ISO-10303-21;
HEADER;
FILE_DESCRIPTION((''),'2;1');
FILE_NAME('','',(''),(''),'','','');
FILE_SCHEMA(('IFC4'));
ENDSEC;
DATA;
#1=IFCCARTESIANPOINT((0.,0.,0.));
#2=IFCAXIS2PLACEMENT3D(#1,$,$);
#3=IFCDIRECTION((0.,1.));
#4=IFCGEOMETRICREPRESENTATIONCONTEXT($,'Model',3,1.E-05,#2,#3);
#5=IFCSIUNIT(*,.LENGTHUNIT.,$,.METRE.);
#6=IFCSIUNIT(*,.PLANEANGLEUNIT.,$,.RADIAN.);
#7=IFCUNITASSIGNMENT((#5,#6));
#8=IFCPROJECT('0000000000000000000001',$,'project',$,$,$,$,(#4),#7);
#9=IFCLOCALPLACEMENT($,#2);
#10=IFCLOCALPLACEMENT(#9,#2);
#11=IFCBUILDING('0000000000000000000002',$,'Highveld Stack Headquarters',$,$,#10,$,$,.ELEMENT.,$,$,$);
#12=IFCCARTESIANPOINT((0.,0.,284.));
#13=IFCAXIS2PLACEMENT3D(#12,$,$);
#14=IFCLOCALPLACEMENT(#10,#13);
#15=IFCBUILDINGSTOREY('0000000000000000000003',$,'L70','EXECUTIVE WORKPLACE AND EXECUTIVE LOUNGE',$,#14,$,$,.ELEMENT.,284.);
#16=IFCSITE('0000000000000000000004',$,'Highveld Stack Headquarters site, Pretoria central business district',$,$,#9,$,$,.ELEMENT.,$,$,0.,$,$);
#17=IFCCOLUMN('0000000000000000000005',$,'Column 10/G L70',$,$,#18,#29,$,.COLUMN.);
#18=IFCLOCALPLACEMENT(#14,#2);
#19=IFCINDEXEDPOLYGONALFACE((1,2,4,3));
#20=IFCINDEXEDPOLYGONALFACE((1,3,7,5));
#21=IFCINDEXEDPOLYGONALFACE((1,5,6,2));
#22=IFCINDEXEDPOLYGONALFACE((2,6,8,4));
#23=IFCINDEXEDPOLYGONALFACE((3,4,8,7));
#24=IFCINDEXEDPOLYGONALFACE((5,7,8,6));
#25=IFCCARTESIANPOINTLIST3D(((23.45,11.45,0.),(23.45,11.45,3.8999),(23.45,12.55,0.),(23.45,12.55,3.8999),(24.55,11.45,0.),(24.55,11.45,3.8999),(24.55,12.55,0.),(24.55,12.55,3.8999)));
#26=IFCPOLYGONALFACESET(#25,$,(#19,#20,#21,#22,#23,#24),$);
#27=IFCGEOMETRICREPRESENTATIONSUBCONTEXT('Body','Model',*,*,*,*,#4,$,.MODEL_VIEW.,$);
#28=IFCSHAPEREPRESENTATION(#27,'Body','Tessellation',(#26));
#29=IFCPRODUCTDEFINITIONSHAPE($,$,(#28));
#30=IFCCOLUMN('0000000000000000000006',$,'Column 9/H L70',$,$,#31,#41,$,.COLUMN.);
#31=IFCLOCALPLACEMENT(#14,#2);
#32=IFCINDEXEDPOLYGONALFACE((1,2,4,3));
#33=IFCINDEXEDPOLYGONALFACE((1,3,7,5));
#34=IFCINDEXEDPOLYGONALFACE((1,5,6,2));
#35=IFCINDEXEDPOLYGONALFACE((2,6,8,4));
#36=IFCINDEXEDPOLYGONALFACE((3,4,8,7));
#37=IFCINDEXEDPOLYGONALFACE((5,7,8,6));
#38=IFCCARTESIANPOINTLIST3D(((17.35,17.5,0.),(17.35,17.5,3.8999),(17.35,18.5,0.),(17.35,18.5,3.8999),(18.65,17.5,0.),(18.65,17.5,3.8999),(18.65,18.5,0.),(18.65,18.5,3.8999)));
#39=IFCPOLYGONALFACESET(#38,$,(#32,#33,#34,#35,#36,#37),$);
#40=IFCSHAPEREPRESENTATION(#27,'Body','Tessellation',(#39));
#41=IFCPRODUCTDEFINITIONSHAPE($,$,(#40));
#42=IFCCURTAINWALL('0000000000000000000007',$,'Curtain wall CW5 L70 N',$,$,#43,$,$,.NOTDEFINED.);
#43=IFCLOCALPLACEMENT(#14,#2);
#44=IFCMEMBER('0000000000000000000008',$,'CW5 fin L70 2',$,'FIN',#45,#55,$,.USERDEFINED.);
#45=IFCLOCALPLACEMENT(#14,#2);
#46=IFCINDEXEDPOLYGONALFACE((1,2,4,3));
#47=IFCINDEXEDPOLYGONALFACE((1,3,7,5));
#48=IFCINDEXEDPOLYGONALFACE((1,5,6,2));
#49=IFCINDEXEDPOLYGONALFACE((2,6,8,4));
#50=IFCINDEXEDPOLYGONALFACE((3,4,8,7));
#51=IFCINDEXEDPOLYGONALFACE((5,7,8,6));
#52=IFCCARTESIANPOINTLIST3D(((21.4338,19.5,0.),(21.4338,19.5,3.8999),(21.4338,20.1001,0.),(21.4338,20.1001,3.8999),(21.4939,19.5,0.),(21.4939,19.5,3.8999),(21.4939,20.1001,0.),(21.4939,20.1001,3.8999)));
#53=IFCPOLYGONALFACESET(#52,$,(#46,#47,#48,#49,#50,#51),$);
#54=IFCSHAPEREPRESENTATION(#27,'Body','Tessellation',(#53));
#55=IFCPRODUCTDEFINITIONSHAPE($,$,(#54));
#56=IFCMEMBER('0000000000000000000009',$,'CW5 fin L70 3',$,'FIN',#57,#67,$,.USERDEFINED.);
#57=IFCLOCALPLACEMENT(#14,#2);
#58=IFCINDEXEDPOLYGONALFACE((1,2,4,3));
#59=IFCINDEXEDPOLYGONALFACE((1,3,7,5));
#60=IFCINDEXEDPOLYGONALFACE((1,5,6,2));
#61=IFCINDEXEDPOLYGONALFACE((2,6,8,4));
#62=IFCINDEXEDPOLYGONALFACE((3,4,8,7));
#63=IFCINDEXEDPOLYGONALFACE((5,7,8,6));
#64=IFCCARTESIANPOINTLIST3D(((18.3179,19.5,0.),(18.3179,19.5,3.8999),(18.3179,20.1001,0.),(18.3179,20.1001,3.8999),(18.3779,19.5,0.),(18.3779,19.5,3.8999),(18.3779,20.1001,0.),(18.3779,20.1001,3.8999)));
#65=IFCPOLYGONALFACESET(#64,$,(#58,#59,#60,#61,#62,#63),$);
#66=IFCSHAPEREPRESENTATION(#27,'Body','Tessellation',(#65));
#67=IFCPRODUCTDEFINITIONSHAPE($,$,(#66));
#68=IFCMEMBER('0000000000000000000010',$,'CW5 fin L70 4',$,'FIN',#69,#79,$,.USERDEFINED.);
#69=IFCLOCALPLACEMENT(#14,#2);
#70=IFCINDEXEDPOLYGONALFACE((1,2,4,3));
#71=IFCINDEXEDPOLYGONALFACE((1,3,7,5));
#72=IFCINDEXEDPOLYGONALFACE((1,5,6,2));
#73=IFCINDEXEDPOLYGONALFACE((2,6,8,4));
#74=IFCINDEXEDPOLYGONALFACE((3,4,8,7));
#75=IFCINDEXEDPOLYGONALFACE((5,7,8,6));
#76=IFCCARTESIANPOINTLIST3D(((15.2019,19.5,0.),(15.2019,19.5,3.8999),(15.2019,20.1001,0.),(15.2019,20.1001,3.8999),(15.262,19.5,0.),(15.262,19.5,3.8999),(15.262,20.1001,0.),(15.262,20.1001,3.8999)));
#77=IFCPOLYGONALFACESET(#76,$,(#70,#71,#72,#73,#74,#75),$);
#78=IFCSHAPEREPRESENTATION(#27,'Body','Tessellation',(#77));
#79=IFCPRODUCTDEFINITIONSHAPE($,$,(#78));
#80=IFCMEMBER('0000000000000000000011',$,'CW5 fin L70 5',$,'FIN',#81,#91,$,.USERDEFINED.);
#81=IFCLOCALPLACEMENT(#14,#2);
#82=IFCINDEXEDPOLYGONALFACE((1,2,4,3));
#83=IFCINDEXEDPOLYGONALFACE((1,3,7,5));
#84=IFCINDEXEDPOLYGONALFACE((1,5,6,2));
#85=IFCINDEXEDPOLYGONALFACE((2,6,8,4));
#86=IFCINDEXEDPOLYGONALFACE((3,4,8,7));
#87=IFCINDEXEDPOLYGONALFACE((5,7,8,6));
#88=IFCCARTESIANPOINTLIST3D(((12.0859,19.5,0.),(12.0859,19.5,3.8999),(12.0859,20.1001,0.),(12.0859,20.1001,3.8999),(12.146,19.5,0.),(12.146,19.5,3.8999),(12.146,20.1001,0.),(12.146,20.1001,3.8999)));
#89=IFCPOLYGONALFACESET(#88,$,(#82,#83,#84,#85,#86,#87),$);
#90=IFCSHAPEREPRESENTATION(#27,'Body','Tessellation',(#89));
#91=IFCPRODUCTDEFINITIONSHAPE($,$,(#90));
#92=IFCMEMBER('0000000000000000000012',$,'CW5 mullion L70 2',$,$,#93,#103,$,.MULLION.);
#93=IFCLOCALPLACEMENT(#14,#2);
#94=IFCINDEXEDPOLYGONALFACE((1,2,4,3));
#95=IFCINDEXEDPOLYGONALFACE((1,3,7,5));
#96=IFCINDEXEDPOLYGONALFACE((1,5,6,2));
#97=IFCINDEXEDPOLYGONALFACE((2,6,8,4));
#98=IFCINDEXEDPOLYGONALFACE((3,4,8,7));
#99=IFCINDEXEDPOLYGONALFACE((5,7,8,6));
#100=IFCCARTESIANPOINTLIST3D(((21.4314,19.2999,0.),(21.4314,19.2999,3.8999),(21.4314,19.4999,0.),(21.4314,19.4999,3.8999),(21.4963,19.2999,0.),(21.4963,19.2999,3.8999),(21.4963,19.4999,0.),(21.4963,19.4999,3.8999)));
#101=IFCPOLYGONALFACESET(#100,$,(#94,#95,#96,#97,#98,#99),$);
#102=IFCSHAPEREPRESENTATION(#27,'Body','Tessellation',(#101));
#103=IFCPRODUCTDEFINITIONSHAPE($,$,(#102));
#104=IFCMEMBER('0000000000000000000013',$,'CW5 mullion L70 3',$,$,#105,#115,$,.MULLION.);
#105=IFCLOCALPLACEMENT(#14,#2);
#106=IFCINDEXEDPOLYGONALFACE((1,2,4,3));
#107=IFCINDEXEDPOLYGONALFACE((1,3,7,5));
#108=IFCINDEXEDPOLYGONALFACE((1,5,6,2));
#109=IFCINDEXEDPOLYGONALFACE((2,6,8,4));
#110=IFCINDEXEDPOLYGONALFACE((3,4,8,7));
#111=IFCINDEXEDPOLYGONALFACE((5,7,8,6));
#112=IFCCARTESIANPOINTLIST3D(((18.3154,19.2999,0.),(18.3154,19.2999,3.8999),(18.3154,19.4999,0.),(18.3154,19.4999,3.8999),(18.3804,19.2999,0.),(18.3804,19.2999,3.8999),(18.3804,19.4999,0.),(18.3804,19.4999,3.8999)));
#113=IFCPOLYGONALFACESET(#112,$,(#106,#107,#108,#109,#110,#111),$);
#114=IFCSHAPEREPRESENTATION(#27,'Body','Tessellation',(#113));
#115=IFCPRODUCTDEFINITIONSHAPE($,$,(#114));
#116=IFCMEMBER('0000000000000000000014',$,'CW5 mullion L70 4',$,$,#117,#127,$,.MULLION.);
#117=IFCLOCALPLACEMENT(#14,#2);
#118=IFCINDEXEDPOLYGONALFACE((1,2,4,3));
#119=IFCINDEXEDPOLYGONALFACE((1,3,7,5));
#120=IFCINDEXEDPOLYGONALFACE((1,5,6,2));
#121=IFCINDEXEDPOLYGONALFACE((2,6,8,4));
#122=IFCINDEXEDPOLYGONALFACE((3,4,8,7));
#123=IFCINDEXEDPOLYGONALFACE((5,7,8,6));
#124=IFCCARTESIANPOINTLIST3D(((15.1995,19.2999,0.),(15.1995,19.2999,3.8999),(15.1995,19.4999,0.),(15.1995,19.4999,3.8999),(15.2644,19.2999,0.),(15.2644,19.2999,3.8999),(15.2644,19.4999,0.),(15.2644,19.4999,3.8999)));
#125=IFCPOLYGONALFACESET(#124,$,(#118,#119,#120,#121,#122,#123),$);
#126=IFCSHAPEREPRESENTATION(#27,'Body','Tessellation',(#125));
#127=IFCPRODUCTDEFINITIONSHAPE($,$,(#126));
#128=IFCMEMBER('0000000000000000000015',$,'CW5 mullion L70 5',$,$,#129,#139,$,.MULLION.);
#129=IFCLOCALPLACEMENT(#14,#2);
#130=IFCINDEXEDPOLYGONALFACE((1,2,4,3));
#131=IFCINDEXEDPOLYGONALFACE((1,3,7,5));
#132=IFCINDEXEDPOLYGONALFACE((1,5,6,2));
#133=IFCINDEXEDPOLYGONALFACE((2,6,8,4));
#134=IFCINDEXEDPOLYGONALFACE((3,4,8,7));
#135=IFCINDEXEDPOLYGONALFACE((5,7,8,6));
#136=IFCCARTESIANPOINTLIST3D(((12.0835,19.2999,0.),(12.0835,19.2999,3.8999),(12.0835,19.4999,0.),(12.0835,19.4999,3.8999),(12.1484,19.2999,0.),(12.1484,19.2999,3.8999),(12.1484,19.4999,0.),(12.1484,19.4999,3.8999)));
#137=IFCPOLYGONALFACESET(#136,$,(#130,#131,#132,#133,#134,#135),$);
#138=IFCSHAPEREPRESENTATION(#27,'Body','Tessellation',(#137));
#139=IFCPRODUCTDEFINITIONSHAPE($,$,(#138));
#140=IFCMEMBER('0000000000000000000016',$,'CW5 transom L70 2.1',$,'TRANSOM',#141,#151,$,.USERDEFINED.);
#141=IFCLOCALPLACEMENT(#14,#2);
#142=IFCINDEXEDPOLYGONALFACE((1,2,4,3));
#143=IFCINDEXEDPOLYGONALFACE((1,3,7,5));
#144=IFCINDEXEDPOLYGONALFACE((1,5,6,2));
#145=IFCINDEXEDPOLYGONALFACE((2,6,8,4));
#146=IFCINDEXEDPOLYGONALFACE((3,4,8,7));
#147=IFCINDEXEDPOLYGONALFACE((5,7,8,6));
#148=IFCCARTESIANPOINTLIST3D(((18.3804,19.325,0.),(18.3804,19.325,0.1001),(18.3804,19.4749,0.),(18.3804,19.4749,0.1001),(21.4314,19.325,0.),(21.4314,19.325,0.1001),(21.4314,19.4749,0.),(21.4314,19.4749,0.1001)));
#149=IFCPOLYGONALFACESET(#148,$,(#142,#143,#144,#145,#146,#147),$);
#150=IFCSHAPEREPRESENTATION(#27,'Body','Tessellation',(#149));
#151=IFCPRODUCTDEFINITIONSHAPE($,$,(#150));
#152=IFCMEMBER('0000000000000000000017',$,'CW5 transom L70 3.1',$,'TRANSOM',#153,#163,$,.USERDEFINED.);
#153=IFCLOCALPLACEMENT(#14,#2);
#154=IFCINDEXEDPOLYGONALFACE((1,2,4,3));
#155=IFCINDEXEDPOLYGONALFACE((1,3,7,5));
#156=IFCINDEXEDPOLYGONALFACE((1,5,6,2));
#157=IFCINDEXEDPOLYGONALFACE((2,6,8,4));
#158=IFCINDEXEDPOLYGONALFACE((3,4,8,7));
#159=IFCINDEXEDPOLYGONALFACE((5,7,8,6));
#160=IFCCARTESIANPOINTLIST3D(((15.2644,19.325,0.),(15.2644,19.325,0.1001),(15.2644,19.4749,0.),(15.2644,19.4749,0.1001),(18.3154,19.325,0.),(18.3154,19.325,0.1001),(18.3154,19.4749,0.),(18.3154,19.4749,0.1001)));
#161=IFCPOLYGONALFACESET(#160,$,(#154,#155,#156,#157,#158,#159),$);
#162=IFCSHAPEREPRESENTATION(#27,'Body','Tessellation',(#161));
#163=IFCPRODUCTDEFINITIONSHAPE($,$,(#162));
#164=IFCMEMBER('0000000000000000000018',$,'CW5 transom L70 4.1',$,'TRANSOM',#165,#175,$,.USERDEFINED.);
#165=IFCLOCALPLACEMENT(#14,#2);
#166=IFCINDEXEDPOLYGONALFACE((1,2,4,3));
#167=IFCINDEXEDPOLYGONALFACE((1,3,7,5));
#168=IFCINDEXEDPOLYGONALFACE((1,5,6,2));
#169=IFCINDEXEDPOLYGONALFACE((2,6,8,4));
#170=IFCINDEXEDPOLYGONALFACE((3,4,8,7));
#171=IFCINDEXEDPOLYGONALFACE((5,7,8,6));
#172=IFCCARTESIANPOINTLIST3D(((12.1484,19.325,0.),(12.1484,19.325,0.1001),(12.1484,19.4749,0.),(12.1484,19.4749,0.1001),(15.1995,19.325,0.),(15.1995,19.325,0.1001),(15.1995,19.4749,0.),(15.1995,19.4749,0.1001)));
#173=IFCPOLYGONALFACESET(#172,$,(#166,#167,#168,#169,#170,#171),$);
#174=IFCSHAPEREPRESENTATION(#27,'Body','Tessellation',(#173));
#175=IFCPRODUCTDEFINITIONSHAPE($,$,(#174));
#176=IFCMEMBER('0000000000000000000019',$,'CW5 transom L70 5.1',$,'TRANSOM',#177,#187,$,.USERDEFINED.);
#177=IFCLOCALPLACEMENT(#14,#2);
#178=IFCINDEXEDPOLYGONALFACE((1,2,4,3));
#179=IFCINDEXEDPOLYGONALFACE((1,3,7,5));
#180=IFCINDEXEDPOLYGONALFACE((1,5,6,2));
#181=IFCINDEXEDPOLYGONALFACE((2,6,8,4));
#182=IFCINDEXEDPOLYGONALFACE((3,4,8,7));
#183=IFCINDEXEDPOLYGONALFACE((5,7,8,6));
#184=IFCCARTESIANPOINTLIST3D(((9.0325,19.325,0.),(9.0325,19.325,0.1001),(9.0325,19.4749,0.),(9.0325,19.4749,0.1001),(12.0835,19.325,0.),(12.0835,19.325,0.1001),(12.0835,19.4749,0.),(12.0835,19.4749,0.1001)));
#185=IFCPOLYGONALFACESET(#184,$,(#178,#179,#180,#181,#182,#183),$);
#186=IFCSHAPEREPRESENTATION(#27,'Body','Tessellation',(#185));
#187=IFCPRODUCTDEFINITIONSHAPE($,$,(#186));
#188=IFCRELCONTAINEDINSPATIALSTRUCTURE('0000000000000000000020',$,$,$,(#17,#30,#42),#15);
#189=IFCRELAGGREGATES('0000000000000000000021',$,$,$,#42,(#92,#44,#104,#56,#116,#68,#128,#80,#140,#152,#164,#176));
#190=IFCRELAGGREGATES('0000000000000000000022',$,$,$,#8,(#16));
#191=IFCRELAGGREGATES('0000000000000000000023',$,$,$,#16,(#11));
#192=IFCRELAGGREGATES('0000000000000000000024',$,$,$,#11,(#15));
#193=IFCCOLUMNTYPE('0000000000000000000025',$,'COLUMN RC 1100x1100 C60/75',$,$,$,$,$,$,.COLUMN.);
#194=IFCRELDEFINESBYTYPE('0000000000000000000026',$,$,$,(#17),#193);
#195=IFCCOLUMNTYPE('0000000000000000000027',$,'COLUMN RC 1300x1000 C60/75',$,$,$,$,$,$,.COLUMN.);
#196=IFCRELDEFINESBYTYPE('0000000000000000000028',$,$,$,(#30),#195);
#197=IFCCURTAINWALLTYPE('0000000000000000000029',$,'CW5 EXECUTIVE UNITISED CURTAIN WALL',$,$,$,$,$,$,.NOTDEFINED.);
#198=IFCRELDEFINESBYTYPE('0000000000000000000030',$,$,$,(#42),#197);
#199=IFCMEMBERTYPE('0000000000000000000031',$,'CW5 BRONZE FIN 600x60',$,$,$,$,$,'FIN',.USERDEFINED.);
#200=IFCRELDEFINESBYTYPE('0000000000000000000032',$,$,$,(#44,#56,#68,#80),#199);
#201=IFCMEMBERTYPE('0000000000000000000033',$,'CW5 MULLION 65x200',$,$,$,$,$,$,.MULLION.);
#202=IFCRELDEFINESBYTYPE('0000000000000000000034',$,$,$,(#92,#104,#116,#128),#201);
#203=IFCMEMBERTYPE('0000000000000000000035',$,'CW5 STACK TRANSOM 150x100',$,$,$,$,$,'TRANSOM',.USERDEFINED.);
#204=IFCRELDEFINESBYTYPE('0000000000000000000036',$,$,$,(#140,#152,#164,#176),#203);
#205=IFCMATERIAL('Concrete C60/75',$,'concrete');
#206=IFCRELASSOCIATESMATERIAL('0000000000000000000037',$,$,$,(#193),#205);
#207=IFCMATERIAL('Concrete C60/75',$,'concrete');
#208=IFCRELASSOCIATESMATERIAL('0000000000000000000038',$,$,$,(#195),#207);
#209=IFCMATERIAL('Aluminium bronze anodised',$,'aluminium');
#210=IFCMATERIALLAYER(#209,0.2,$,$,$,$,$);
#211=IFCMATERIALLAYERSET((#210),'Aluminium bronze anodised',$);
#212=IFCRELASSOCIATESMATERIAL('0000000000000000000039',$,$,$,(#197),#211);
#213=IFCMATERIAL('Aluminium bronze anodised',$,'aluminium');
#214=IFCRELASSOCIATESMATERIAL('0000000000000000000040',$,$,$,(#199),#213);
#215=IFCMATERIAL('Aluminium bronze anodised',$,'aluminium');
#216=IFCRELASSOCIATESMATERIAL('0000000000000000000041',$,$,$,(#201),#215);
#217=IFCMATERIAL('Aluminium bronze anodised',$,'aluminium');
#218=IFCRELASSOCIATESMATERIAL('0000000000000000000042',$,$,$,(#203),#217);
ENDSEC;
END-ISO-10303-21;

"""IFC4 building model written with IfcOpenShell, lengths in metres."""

from ifc_helpers import new_model, si_unit, direction, frame, origin, origin_2d, place, context, subcontext, project, spatial, rectangle, extrude, material, layer, layer_set, material_profile, profile_set, type_object, element, aggregate, save


model = new_model("IFC4")

# Units and contexts
model_context = context("Model", 3, precision=1e-05, world=origin(), true_north=direction((0.0, 1.0)))
body_context = subcontext(model_context, "Body", "Model", "MODEL_VIEW")
ifc_project = project(units=[si_unit("LENGTHUNIT", "METRE"), si_unit("PLANEANGLEUNIT", "RADIAN")], contexts=[model_context])

# Site, building, storey
site_placement = place(None, origin())
site = spatial("IfcSite", under=ifc_project, at=site_placement, Name="Highveld Stack Headquarters site, Pretoria central business district", CompositionType="ELEMENT", RefElevation=0.0)
building_placement = place(site_placement, origin())
building = spatial("IfcBuilding", under=site, at=building_placement, Name="Highveld Stack Headquarters", CompositionType="ELEMENT")
storey_placement = place(building_placement, frame((0.0, 0.0, 284.0)))
storey = spatial("IfcBuildingStorey", under=building, at=storey_placement, Name="L70", Description="EXECUTIVE WORKPLACE AND EXECUTIVE LOUNGE", CompositionType="ELEMENT", Elevation=284.0)

# Columns
ifc_material_1 = material(Name="Concrete C60/75", Category="concrete")
ifc_material_profile_1 = material_profile(ifc_material_1, rectangle(XDim=1.1001, YDim=1.1001, at=origin_2d()), Name="RC 1100x1100")
ifc_profile_set_1 = profile_set([ifc_material_profile_1], Name="Concrete C60/75")
column_type_1 = type_object("IfcColumnType", Name="COLUMN RC 1100x1100 C60/75", PredefinedType="COLUMN", material=ifc_profile_set_1)
column_1_placement = place(storey_placement, frame((24.0, 12.0, 0.0), z_axis=(0.0, 0.0, 1.0), x_axis=(1.0, 0.0, 0.0)))
element("IfcColumn", 1, at=column_1_placement, inside=storey, type_object=column_type_1, Name="Column 10/G L70", PredefinedType="COLUMN", context=body_context, shape_type="SweptSolid", body=[
    extrude(rectangle(XDim=1.1001, YDim=1.1001, at=origin_2d()), origin(), (0.0, 0.0, 1.0), 3.8999),
])
ifc_material_2 = material(Name="Concrete C60/75", Category="concrete")
ifc_material_profile_2 = material_profile(ifc_material_2, rectangle(XDim=1.3, YDim=1.0, at=origin_2d()), Name="RC 1300x1000")
ifc_profile_set_2 = profile_set([ifc_material_profile_2], Name="Concrete C60/75")
column_type_2 = type_object("IfcColumnType", Name="COLUMN RC 1300x1000 C60/75", PredefinedType="COLUMN", material=ifc_profile_set_2)
column_2_placement = place(storey_placement, frame((18.0, 18.0, 0.0), z_axis=(0.0, 0.0, 1.0), x_axis=(1.0, 0.0, 0.0)))
element("IfcColumn", 2, at=column_2_placement, inside=storey, type_object=column_type_2, Name="Column 9/H L70", PredefinedType="COLUMN", context=body_context, shape_type="SweptSolid", body=[
    extrude(rectangle(XDim=1.3, YDim=1.0, at=origin_2d()), origin(), (0.0, 0.0, 1.0), 3.8999),
])

# Curtain wall, members
ifc_material_3 = material(Name="Aluminium bronze anodised", Category="aluminium")
ifc_layer_1 = layer(ifc_material_3, 0.2)
ifc_layer_set_1 = layer_set([ifc_layer_1], Name="Aluminium bronze anodised")
curtain_wall_type = type_object("IfcCurtainWallType", Name="CW5 EXECUTIVE UNITISED CURTAIN WALL", PredefinedType="NOTDEFINED", material=ifc_layer_set_1)
curtain_wall_placement = place(storey_placement, origin())
curtain_wall = element("IfcCurtainWall", 3, at=curtain_wall_placement, inside=storey, type_object=curtain_wall_type, Name="Curtain wall CW5 L70 N", PredefinedType="NOTDEFINED")
ifc_material_4 = material(Name="Aluminium bronze anodised", Category="aluminium")
ifc_material_profile_3 = material_profile(ifc_material_4, rectangle(XDim=0.6001, YDim=0.0601, at=origin_2d()), Name="FIN 600x60")
ifc_profile_set_3 = profile_set([ifc_material_profile_3], Name="Aluminium bronze anodised")
member_type_1 = type_object("IfcMemberType", Name="CW5 BRONZE FIN 600x60", ElementType="FIN", PredefinedType="USERDEFINED", material=ifc_profile_set_3)
member_1_placement = place(storey_placement, frame((21.4639, 19.8, 0.0), z_axis=(0.0, 0.0, 1.0), x_axis=(0.0, -1.0, 0.0)))
member_1 = element("IfcMember", 4, at=member_1_placement, type_object=member_type_1, Name="CW5 fin L70 2", ObjectType="FIN", PredefinedType="USERDEFINED", context=body_context, shape_type="SweptSolid", body=[
    extrude(rectangle(XDim=0.6001, YDim=0.0601, at=origin_2d()), origin(), (0.0, 0.0, 1.0), 3.8999),
])
member_2_placement = place(storey_placement, frame((18.3479, 19.8, 0.0), z_axis=(0.0, 0.0, 1.0), x_axis=(0.0, -1.0, 0.0)))
member_2 = element("IfcMember", 5, at=member_2_placement, type_object=member_type_1, Name="CW5 fin L70 3", ObjectType="FIN", PredefinedType="USERDEFINED", context=body_context, shape_type="SweptSolid", body=[
    extrude(rectangle(XDim=0.6001, YDim=0.0601, at=origin_2d()), origin(), (0.0, 0.0, 1.0), 3.8999),
])
member_3_placement = place(storey_placement, frame((15.2319, 19.8, 0.0), z_axis=(0.0, 0.0, 1.0), x_axis=(0.0, -1.0, 0.0)))
member_3 = element("IfcMember", 6, at=member_3_placement, type_object=member_type_1, Name="CW5 fin L70 4", ObjectType="FIN", PredefinedType="USERDEFINED", context=body_context, shape_type="SweptSolid", body=[
    extrude(rectangle(XDim=0.6001, YDim=0.0601, at=origin_2d()), origin(), (0.0, 0.0, 1.0), 3.8999),
])
member_4_placement = place(storey_placement, frame((12.116, 19.8, 0.0), z_axis=(0.0, 0.0, 1.0), x_axis=(0.0, -1.0, 0.0)))
member_4 = element("IfcMember", 7, at=member_4_placement, type_object=member_type_1, Name="CW5 fin L70 5", ObjectType="FIN", PredefinedType="USERDEFINED", context=body_context, shape_type="SweptSolid", body=[
    extrude(rectangle(XDim=0.6001, YDim=0.0601, at=origin_2d()), origin(), (0.0, 0.0, 1.0), 3.8999),
])
ifc_material_5 = material(Name="Aluminium bronze anodised", Category="aluminium")
ifc_material_profile_4 = material_profile(ifc_material_5, rectangle(XDim=0.2, YDim=0.0649, at=origin_2d()), Name="CW5 MULLION 65x200")
ifc_profile_set_4 = profile_set([ifc_material_profile_4], Name="Aluminium bronze anodised")
member_type_2 = type_object("IfcMemberType", Name="CW5 MULLION 65x200", PredefinedType="MULLION", material=ifc_profile_set_4)
member_5_placement = place(storey_placement, frame((21.4639, 19.3999, 0.0), z_axis=(0.0, 0.0, 1.0), x_axis=(0.0, -1.0, 0.0)))
member_5 = element("IfcMember", 8, at=member_5_placement, type_object=member_type_2, Name="CW5 mullion L70 2", PredefinedType="MULLION", context=body_context, shape_type="SweptSolid", body=[
    extrude(rectangle(XDim=0.2, YDim=0.0649, at=origin_2d()), origin(), (0.0, 0.0, 1.0), 3.8999),
])
member_6_placement = place(storey_placement, frame((18.3479, 19.3999, 0.0), z_axis=(0.0, 0.0, 1.0), x_axis=(0.0, -1.0, 0.0)))
member_6 = element("IfcMember", 9, at=member_6_placement, type_object=member_type_2, Name="CW5 mullion L70 3", PredefinedType="MULLION", context=body_context, shape_type="SweptSolid", body=[
    extrude(rectangle(XDim=0.2, YDim=0.0649, at=origin_2d()), origin(), (0.0, 0.0, 1.0), 3.8999),
])
member_7_placement = place(storey_placement, frame((15.2319, 19.3999, 0.0), z_axis=(0.0, 0.0, 1.0), x_axis=(0.0, -1.0, 0.0)))
member_7 = element("IfcMember", 10, at=member_7_placement, type_object=member_type_2, Name="CW5 mullion L70 4", PredefinedType="MULLION", context=body_context, shape_type="SweptSolid", body=[
    extrude(rectangle(XDim=0.2, YDim=0.0649, at=origin_2d()), origin(), (0.0, 0.0, 1.0), 3.8999),
])
member_8_placement = place(storey_placement, frame((12.116, 19.3999, 0.0), z_axis=(0.0, 0.0, 1.0), x_axis=(0.0, -1.0, 0.0)))
member_8 = element("IfcMember", 11, at=member_8_placement, type_object=member_type_2, Name="CW5 mullion L70 5", PredefinedType="MULLION", context=body_context, shape_type="SweptSolid", body=[
    extrude(rectangle(XDim=0.2, YDim=0.0649, at=origin_2d()), origin(), (0.0, 0.0, 1.0), 3.8999),
])
ifc_material_6 = material(Name="Aluminium bronze anodised", Category="aluminium")
ifc_material_profile_5 = material_profile(ifc_material_6, rectangle(XDim=0.1499, YDim=0.1001, at=origin_2d()), Name="CW5 TRANSOM 150x100")
ifc_profile_set_5 = profile_set([ifc_material_profile_5], Name="Aluminium bronze anodised")
member_type_3 = type_object("IfcMemberType", Name="CW5 STACK TRANSOM 150x100", ElementType="TRANSOM", PredefinedType="USERDEFINED", material=ifc_profile_set_5)
member_9_placement = place(storey_placement, frame((21.4314, 19.3999, 0.05), z_axis=(-1.0, 0.0, 0.0), x_axis=(0.0, -1.0, 0.0)))
member_9 = element("IfcMember", 12, at=member_9_placement, type_object=member_type_3, Name="CW5 transom L70 2.1", ObjectType="TRANSOM", PredefinedType="USERDEFINED", context=body_context, shape_type="SweptSolid", body=[
    extrude(rectangle(XDim=0.1499, YDim=0.1001, at=origin_2d()), origin(), (0.0, 0.0, 1.0), 3.051),
])
member_10_placement = place(storey_placement, frame((18.3154, 19.3999, 0.05), z_axis=(-1.0, 0.0, 0.0), x_axis=(0.0, -1.0, 0.0)))
member_10 = element("IfcMember", 13, at=member_10_placement, type_object=member_type_3, Name="CW5 transom L70 3.1", ObjectType="TRANSOM", PredefinedType="USERDEFINED", context=body_context, shape_type="SweptSolid", body=[
    extrude(rectangle(XDim=0.1499, YDim=0.1001, at=origin_2d()), origin(), (0.0, 0.0, 1.0), 3.051),
])
member_11_placement = place(storey_placement, frame((15.1995, 19.3999, 0.05), z_axis=(-1.0, 0.0, 0.0), x_axis=(0.0, -1.0, 0.0)))
member_11 = element("IfcMember", 14, at=member_11_placement, type_object=member_type_3, Name="CW5 transom L70 4.1", ObjectType="TRANSOM", PredefinedType="USERDEFINED", context=body_context, shape_type="SweptSolid", body=[
    extrude(rectangle(XDim=0.1499, YDim=0.1001, at=origin_2d()), origin(), (0.0, 0.0, 1.0), 3.051),
])
member_12_placement = place(storey_placement, frame((12.0835, 19.3999, 0.05), z_axis=(-1.0, 0.0, 0.0), x_axis=(0.0, -1.0, 0.0)))
member_12 = element("IfcMember", 15, at=member_12_placement, type_object=member_type_3, Name="CW5 transom L70 5.1", ObjectType="TRANSOM", PredefinedType="USERDEFINED", context=body_context, shape_type="SweptSolid", body=[
    extrude(rectangle(XDim=0.1499, YDim=0.1001, at=origin_2d()), origin(), (0.0, 0.0, 1.0), 3.051),
])
aggregate(curtain_wall, [member_5, member_1, member_6, member_2, member_7, member_3, member_8, member_4, member_9, member_10, member_11, member_12])

save(model, "model.ifc")
